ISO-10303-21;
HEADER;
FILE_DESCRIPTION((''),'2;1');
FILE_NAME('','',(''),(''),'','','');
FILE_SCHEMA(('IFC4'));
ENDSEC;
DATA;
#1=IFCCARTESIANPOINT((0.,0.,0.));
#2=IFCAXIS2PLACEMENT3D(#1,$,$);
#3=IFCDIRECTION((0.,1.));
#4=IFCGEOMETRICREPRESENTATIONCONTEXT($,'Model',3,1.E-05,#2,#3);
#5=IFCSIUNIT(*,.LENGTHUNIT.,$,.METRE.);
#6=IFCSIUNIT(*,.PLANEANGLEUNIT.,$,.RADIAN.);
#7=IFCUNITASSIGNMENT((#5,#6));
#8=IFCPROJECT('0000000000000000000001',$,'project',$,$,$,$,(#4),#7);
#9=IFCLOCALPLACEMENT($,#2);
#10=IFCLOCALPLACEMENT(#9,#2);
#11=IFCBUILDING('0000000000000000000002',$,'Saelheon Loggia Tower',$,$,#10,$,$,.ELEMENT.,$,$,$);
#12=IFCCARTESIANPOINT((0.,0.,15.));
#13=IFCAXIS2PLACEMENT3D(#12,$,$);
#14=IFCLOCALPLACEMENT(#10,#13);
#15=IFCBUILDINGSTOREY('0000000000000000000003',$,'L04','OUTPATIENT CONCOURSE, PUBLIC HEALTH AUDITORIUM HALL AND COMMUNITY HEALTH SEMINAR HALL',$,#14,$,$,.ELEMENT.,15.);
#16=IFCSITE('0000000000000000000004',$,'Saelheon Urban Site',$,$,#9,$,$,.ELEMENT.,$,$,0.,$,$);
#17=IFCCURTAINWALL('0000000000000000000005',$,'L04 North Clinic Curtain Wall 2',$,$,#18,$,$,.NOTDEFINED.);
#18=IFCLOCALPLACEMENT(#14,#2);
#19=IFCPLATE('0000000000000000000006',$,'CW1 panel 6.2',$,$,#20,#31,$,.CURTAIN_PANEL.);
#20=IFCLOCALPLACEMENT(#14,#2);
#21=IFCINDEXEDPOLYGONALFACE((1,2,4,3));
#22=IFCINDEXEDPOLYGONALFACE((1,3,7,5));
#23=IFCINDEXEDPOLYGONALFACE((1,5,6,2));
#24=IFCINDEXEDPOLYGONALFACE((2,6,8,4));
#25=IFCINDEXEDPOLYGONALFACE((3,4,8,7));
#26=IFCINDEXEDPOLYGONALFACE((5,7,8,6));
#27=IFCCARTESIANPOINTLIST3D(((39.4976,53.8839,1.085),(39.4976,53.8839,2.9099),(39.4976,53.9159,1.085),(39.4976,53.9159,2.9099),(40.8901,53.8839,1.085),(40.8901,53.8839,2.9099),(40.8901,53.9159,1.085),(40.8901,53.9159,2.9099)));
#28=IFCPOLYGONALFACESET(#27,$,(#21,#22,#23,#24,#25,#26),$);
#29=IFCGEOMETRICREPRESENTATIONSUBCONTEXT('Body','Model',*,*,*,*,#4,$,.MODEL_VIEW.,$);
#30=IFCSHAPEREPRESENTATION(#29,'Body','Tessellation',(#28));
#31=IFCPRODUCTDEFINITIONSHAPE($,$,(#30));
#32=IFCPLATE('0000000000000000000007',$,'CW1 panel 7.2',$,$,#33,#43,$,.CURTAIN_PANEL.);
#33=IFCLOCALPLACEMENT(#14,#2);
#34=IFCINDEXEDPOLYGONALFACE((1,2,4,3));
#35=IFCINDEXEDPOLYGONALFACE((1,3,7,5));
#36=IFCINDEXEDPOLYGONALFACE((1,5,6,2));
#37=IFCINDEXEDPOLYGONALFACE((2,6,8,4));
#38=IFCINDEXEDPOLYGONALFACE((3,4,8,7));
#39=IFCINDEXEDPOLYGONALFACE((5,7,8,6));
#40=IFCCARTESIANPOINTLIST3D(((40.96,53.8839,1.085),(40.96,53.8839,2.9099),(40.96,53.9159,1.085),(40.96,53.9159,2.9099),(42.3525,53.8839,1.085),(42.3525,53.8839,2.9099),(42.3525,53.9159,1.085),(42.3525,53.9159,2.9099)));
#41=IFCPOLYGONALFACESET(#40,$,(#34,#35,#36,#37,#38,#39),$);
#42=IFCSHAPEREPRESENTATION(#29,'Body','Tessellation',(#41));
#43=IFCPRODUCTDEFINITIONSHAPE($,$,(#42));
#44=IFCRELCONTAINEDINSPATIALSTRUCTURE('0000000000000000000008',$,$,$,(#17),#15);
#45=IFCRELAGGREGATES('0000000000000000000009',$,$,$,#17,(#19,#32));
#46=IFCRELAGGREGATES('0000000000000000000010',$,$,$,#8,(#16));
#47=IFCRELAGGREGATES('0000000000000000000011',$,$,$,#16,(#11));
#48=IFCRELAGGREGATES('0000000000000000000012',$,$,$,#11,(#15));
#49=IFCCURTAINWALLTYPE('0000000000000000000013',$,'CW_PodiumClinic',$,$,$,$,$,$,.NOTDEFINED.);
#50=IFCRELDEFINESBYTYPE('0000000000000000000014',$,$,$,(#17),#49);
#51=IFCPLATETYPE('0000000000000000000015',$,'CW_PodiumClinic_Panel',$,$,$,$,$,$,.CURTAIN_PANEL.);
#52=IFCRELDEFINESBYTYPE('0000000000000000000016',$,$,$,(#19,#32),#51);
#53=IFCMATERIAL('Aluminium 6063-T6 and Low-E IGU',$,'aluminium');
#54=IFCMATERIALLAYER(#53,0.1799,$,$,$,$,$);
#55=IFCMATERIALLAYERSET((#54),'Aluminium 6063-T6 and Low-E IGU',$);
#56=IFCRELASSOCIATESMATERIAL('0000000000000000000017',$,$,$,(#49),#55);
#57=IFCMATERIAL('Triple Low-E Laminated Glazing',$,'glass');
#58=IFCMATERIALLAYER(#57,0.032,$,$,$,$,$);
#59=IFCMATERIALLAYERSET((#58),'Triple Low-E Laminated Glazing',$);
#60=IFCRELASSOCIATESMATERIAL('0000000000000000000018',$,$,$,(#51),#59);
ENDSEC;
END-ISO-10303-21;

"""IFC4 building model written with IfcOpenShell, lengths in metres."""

from ifc_helpers import new_model, si_unit, direction, frame, origin, origin_2d, place, context, subcontext, project, spatial, rectangle, extrude, source, transform, mapped, material, layer, layer_set, type_object, element, aggregate, save


model = new_model("IFC4")

# Units and contexts
model_context = context("Model", 3, precision=1e-05, world=origin(), true_north=direction((0.0, 1.0)))
body_context = subcontext(model_context, "Body", "Model", "MODEL_VIEW")
ifc_project = project(units=[si_unit("LENGTHUNIT", "METRE"), si_unit("PLANEANGLEUNIT", "RADIAN")], contexts=[model_context])

# Site, building, storey
site_placement = place(None, origin())
site = spatial("IfcSite", under=ifc_project, at=site_placement, Name="Saelheon Urban Site", CompositionType="ELEMENT", RefElevation=0.0)
building_placement = place(site_placement, origin())
building = spatial("IfcBuilding", under=site, at=building_placement, Name="Saelheon Loggia Tower", CompositionType="ELEMENT")
storey_placement = place(building_placement, frame((0.0, 0.0, 15.0)))
storey = spatial("IfcBuildingStorey", under=building, at=storey_placement, Name="L04", Description="OUTPATIENT CONCOURSE, PUBLIC HEALTH AUDITORIUM HALL AND COMMUNITY HEALTH SEMINAR HALL", CompositionType="ELEMENT", Elevation=15.0)

# Curtain wall
ifc_material_1 = material(Name="Aluminium 6063-T6 and Low-E IGU", Category="aluminium")
ifc_layer_1 = layer(ifc_material_1, 0.1799)
ifc_layer_set_1 = layer_set([ifc_layer_1], Name="Aluminium 6063-T6 and Low-E IGU")
curtain_wall_type = type_object("IfcCurtainWallType", Name="CW_PodiumClinic", PredefinedType="NOTDEFINED", material=ifc_layer_set_1)
curtain_wall_1_placement = place(storey_placement, origin())
curtain_wall_1 = element("IfcCurtainWall", 1, at=curtain_wall_1_placement, inside=storey, type_object=curtain_wall_type, Name="L04 North Clinic Curtain Wall 2", PredefinedType="NOTDEFINED")

# Plates
ifc_material_2 = material(Name="Triple Low-E Laminated Glazing", Category="glass")
ifc_layer_2 = layer(ifc_material_2, 0.032)
ifc_layer_set_2 = layer_set([ifc_layer_2], Name="Triple Low-E Laminated Glazing")
plate_type = type_object("IfcPlateType", Name="CW_PodiumClinic_Panel", PredefinedType="CURTAIN_PANEL", material=ifc_layer_set_2)
shared_shape_1 = source(origin(), body_context, "Body", "SweptSolid", [
    extrude(rectangle(XDim=1.3926, YDim=0.032, at=origin_2d()), origin(), (0.0, 0.0, 1.0), 1.825),
])
plate_1_placement = place(storey_placement, frame((40.1938, 53.8999, 1.085), z_axis=(0.0, 0.0, 1.0), x_axis=(1.0, 0.0, 0.0)))
plate_1 = element("IfcPlate", 2, at=plate_1_placement, type_object=plate_type, Name="CW1 panel 6.2", PredefinedType="CURTAIN_PANEL", context=body_context, shape_type="MappedRepresentation", body=[
    mapped(shared_shape_1, transform((0.0, 0.0, 0.0), scale=1.0)),
])
plate_2_placement = place(storey_placement, frame((41.6562, 53.8999, 1.085), z_axis=(0.0, 0.0, 1.0), x_axis=(1.0, 0.0, 0.0)))
plate_2 = element("IfcPlate", 3, at=plate_2_placement, type_object=plate_type, Name="CW1 panel 7.2", PredefinedType="CURTAIN_PANEL", context=body_context, shape_type="MappedRepresentation", body=[
    mapped(shared_shape_1, transform((0.0, 0.0, 0.0), scale=1.0)),
])
aggregate(curtain_wall_1, [plate_1, plate_2])

save(model, "model.ifc")
